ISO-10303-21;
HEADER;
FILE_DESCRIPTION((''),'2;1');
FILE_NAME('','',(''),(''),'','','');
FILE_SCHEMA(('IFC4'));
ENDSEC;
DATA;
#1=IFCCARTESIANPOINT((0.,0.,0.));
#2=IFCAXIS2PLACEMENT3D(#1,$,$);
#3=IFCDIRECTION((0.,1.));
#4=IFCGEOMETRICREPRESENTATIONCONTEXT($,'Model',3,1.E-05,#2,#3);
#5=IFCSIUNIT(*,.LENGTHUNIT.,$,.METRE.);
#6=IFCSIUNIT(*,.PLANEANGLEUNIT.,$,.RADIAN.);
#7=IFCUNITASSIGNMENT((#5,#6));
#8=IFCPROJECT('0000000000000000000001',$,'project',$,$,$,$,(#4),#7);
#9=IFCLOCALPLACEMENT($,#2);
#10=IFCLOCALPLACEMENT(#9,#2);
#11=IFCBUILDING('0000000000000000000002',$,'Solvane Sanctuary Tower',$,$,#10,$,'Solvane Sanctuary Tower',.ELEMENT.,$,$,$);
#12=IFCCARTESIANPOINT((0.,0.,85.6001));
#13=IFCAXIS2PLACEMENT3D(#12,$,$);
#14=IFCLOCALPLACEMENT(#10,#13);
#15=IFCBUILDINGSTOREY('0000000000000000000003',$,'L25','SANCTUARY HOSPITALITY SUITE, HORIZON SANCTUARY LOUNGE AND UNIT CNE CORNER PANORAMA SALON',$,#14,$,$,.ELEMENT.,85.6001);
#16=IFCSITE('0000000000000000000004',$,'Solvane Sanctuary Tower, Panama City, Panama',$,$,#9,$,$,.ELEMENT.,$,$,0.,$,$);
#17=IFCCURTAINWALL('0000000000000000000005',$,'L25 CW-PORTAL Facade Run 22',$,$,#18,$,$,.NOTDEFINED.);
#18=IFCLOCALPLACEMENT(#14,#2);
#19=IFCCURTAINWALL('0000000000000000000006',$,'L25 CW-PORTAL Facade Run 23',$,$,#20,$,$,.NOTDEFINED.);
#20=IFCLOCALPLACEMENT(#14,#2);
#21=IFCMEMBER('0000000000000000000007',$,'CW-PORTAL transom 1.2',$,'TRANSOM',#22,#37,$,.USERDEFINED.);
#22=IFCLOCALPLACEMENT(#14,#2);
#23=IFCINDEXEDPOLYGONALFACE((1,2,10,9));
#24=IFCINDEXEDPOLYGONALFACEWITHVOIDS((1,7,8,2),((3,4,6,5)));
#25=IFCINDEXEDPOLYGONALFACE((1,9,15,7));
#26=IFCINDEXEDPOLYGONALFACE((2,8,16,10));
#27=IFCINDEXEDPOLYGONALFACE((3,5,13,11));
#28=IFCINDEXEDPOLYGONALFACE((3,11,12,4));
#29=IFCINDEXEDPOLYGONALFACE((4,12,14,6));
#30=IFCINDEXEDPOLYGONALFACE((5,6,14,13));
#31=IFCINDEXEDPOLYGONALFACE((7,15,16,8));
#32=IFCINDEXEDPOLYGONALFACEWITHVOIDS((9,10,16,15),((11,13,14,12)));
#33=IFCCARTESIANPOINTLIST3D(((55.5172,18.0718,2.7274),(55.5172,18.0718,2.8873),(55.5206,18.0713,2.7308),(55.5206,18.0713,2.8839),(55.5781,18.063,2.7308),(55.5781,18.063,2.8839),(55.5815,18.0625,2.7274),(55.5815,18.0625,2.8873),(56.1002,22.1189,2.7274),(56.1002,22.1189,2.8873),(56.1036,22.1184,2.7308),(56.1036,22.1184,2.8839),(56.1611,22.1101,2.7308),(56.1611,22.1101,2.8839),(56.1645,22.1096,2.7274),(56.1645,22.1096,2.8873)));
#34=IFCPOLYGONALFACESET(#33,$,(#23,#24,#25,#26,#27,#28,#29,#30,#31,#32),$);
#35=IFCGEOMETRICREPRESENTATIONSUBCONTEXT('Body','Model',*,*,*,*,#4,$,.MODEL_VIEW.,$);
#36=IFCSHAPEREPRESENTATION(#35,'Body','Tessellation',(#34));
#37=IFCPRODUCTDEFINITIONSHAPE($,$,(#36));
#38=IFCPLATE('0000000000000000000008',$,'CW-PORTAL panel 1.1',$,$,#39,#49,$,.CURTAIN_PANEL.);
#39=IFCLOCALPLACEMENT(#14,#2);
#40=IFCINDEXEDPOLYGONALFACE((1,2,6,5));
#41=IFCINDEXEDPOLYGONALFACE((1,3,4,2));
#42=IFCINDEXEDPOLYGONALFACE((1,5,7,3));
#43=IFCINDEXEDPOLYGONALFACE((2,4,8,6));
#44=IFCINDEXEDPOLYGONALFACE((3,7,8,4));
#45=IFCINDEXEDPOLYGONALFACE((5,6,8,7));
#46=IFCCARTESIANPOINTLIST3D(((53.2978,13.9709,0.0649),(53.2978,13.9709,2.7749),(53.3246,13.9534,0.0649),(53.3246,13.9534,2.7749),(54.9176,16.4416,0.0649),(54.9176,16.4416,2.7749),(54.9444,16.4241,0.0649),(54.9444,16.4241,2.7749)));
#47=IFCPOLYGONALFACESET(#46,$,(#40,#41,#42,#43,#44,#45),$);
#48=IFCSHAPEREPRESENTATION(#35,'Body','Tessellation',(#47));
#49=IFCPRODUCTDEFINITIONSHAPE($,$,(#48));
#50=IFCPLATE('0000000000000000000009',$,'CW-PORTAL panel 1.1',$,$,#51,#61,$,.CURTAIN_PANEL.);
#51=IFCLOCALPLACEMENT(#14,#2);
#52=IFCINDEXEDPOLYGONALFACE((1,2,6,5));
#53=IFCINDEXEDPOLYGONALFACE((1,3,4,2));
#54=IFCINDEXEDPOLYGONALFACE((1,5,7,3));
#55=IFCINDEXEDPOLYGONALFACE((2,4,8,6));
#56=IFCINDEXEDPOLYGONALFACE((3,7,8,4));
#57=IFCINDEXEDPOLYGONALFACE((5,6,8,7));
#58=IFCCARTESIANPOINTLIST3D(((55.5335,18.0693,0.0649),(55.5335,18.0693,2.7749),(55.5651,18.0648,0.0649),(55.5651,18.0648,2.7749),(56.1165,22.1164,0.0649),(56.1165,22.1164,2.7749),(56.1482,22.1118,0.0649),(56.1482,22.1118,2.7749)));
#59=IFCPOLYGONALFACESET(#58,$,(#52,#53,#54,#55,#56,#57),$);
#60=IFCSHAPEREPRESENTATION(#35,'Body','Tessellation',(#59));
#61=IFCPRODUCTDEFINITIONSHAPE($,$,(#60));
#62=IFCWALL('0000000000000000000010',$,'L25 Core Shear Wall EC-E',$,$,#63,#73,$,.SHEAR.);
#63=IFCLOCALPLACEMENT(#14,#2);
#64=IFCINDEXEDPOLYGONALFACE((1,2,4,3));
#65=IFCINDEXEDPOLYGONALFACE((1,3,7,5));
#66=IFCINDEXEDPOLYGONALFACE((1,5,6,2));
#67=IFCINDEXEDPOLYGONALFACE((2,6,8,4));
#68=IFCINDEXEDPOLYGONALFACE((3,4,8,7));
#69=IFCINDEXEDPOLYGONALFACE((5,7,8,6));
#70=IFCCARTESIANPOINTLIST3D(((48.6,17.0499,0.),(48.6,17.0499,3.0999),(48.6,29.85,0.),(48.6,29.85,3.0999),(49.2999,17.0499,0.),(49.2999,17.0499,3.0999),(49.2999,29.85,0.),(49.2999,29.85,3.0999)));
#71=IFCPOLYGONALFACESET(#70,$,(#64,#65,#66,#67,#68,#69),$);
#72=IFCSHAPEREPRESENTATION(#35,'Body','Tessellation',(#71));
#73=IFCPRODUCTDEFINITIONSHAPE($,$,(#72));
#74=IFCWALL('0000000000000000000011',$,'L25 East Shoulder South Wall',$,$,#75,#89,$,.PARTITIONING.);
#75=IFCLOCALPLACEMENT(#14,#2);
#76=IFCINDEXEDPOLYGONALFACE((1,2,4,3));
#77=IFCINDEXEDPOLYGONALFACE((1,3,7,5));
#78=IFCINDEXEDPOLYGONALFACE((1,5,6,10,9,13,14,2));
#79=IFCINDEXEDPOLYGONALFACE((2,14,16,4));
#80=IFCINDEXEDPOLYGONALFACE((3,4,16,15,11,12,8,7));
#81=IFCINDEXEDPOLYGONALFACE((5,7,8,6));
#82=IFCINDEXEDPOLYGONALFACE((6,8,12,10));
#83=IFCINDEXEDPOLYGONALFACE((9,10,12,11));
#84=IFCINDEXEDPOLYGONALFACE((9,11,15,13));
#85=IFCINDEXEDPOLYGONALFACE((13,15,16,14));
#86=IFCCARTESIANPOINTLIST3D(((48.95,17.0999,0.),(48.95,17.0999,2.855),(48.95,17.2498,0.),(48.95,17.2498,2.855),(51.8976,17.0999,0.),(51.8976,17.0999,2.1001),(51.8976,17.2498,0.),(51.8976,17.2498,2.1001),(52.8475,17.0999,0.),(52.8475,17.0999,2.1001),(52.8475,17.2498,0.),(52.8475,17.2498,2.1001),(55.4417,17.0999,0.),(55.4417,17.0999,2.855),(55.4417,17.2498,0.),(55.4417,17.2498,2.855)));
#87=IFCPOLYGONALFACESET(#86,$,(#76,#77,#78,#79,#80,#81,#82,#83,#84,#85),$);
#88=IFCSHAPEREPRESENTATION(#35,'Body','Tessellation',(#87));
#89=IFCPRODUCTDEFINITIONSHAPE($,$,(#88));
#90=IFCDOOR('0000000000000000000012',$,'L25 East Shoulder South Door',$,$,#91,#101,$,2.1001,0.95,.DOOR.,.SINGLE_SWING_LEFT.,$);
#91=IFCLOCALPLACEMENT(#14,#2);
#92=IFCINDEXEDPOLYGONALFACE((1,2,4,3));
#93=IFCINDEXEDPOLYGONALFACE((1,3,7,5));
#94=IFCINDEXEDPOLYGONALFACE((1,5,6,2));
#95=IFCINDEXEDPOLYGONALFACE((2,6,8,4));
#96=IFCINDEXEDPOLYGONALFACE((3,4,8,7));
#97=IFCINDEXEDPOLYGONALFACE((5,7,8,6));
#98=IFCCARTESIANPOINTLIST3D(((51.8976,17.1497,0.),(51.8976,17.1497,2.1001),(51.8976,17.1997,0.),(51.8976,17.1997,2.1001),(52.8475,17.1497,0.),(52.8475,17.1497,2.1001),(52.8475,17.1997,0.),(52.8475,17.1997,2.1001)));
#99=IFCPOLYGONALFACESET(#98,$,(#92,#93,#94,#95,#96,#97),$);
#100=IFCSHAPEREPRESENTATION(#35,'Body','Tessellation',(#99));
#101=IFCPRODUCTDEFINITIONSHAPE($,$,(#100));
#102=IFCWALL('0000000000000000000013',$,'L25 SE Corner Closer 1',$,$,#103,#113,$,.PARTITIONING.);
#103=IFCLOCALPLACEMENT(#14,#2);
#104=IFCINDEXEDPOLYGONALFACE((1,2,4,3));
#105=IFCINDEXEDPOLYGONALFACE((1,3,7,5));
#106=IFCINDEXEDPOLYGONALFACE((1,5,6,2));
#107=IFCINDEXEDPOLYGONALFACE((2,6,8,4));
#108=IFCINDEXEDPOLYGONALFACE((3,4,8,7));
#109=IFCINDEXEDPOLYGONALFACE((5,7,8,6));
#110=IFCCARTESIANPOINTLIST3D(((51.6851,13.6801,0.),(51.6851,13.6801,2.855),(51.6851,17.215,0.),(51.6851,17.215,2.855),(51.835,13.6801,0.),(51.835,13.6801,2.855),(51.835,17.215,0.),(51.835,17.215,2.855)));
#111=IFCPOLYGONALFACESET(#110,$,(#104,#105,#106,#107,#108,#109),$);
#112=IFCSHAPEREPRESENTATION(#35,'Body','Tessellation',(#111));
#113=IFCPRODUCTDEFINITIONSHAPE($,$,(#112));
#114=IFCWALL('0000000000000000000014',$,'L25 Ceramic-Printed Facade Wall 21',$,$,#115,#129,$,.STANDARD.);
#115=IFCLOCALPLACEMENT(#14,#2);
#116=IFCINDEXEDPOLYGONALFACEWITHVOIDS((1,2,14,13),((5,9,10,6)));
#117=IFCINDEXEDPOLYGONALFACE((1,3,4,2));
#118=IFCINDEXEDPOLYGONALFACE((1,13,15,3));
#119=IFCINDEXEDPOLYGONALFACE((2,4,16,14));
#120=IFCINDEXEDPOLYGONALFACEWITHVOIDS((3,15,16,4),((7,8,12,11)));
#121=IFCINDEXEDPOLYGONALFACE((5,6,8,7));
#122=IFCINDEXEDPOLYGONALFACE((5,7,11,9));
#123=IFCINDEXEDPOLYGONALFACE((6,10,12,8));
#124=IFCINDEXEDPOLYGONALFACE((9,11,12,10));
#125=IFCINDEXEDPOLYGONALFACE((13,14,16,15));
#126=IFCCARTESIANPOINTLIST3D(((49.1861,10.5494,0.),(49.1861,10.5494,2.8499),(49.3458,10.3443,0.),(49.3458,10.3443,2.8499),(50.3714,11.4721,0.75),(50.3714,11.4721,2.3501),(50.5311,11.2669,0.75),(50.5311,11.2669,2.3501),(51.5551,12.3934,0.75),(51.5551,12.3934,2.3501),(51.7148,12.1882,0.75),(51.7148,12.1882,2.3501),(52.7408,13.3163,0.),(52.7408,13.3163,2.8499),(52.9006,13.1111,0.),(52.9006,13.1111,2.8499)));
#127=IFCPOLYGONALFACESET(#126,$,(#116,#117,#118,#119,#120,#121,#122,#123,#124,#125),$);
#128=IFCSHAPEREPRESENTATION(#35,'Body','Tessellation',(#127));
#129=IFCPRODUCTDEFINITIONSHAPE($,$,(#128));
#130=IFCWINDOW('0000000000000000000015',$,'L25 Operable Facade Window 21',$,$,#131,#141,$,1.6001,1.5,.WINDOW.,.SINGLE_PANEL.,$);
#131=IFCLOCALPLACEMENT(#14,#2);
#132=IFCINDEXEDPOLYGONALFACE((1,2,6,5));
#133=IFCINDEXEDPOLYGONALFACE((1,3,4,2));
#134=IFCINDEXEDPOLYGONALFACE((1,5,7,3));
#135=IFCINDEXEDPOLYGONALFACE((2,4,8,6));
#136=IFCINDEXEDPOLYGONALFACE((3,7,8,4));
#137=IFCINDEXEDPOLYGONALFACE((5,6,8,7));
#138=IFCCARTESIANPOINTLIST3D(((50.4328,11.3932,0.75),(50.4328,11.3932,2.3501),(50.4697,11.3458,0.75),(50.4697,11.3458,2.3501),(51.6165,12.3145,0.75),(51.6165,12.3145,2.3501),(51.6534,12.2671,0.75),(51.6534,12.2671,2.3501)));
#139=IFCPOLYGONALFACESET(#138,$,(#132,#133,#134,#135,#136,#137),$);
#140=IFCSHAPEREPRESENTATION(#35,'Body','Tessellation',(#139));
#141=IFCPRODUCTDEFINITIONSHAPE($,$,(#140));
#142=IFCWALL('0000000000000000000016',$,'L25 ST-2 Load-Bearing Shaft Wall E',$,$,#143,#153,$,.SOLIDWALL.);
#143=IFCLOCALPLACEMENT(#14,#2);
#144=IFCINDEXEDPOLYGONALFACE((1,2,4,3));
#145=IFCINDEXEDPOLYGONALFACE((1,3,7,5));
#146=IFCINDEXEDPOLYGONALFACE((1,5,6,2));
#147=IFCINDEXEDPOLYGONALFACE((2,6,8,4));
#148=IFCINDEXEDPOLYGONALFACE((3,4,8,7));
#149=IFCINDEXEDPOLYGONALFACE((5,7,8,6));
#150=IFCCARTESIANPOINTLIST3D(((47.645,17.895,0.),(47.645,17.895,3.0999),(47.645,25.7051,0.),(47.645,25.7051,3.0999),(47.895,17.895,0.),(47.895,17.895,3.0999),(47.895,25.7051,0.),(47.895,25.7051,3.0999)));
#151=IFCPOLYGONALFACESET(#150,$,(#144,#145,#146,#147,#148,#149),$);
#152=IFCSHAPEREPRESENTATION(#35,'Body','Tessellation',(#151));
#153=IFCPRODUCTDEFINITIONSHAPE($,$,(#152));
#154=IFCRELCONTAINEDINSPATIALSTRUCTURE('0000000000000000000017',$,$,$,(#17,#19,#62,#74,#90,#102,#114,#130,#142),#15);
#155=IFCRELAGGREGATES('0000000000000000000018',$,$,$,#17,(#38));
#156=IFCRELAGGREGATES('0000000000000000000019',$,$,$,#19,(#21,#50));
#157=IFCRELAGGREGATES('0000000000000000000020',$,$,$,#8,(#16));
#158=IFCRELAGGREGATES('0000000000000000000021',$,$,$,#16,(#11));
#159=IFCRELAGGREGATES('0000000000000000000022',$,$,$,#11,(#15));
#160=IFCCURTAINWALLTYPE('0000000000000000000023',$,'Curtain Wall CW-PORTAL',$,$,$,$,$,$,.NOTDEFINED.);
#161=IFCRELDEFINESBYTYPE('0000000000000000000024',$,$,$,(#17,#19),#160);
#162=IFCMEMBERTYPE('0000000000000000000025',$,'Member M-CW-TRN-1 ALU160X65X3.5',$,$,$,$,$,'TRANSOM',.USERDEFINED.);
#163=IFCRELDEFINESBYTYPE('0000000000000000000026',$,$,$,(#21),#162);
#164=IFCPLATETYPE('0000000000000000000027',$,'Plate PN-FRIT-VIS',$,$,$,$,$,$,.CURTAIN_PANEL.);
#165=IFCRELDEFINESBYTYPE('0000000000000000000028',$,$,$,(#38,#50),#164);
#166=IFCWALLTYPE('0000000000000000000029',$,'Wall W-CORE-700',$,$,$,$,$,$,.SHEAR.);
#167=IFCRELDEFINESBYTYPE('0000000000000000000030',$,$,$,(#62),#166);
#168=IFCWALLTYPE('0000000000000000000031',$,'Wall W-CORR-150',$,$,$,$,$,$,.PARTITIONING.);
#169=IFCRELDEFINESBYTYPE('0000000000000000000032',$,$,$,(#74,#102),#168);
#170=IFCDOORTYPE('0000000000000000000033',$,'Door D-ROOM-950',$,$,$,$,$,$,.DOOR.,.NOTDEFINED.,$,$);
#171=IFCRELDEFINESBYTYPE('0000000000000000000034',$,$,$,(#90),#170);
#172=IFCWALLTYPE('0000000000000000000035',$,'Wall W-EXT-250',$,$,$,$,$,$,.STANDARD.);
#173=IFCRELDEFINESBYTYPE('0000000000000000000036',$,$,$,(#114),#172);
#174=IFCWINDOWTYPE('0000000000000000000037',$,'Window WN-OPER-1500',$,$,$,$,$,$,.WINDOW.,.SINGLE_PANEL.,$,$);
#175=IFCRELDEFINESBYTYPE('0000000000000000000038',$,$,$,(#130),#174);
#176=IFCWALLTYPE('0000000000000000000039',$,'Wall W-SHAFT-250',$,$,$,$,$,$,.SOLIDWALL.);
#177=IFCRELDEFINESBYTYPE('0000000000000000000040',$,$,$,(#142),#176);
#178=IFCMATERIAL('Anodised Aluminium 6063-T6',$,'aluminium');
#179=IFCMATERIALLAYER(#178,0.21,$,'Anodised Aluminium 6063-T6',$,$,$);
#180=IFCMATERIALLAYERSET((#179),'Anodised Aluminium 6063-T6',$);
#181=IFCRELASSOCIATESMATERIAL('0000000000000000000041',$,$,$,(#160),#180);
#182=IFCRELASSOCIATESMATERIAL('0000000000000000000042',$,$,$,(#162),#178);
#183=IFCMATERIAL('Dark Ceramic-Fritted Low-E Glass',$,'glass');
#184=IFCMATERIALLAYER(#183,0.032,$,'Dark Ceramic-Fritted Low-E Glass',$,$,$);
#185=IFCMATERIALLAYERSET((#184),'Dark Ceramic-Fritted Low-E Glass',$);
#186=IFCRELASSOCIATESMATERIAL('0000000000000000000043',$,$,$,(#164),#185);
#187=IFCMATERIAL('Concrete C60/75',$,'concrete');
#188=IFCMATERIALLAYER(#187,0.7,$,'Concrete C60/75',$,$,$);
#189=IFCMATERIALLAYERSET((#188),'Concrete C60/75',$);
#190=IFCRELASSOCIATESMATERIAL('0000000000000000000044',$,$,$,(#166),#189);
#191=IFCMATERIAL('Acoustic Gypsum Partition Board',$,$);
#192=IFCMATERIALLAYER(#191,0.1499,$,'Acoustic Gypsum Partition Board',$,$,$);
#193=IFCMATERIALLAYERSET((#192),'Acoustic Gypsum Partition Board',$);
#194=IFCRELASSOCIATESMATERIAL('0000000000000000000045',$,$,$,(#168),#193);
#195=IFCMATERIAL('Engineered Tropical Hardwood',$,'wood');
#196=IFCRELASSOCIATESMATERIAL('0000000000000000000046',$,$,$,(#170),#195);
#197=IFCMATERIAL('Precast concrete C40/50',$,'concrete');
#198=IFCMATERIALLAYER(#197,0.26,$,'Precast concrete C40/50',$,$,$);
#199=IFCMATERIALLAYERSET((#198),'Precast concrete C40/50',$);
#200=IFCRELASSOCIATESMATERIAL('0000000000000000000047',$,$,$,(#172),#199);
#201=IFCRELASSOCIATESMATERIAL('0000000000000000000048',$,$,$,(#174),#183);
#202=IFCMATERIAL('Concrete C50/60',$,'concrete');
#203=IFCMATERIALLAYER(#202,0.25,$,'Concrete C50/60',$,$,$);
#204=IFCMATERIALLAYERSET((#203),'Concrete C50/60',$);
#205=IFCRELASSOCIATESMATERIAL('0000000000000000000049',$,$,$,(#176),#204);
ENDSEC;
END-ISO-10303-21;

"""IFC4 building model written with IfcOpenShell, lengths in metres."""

from ifc_helpers import new_model, si_unit, direction, frame, frame_2d, origin, origin_2d, place, context, subcontext, project, spatial, rectangle, hollow_rectangle, extrude, material, layer, layer_set, material_profile, profile_set, type_object, element, fill, aggregate, save


model = new_model("IFC4")

# Units and contexts
model_context = context("Model", 3, precision=1e-05, world=origin(), true_north=direction((0.0, 1.0)))
body_context = subcontext(model_context, "Body", "Model", "MODEL_VIEW")
ifc_project = project(units=[si_unit("LENGTHUNIT", "METRE"), si_unit("PLANEANGLEUNIT", "RADIAN")], contexts=[model_context])

# Site, building, storey
site_placement = place(None, origin())
site = spatial("IfcSite", under=ifc_project, at=site_placement, Name="Solvane Sanctuary Tower, Panama City, Panama", CompositionType="ELEMENT", RefElevation=0.0)
building_placement = place(site_placement, origin())
building = spatial("IfcBuilding", under=site, at=building_placement, Name="Solvane Sanctuary Tower", LongName="Solvane Sanctuary Tower", CompositionType="ELEMENT")
storey_placement = place(building_placement, frame((0.0, 0.0, 85.6001)))
storey = spatial("IfcBuildingStorey", under=building, at=storey_placement, Name="L25", Description="SANCTUARY HOSPITALITY SUITE, HORIZON SANCTUARY LOUNGE AND UNIT CNE CORNER PANORAMA SALON", CompositionType="ELEMENT", Elevation=85.6001)

# Shared definitions
ifc_material_1 = material(Name="Concrete C60/75", Category="concrete")

# Curtain wall
ifc_material_2 = material(Name="Anodised Aluminium 6063-T6", Category="aluminium")
ifc_layer_1 = layer(ifc_material_2, 0.21, Name="Anodised Aluminium 6063-T6")
ifc_layer_set_1 = layer_set([ifc_layer_1], Name="Anodised Aluminium 6063-T6")
curtain_wall_type = type_object("IfcCurtainWallType", Name="Curtain Wall CW-PORTAL", PredefinedType="NOTDEFINED", material=ifc_layer_set_1)
curtain_wall_1_placement = place(storey_placement, origin())
curtain_wall_1 = element("IfcCurtainWall", 1, at=curtain_wall_1_placement, inside=storey, type_object=curtain_wall_type, Name="L25 CW-PORTAL Facade Run 22", PredefinedType="NOTDEFINED")

# Curtain wall
curtain_wall_2_placement = place(storey_placement, origin())
curtain_wall_2 = element("IfcCurtainWall", 2, at=curtain_wall_2_placement, inside=storey, type_object=curtain_wall_type, Name="L25 CW-PORTAL Facade Run 23", PredefinedType="NOTDEFINED")

# Member
ifc_material_profile_1 = material_profile(ifc_material_2, hollow_rectangle(XDim=0.0649, YDim=0.1599, WallThickness=0.0034, at=origin_2d()), Name="ALU160X65X3.5")
ifc_profile_set_1 = profile_set([ifc_material_profile_1], Name="Anodised Aluminium 6063-T6")
member_type_1 = type_object("IfcMemberType", Name="Member M-CW-TRN-1 ALU160X65X3.5", ElementType="TRANSOM", PredefinedType="USERDEFINED", material=ifc_profile_set_1)
member_1_placement = place(storey_placement, frame((55.5493, 18.0671, 2.8074), z_axis=(0.142583, 0.989783, 0.0), x_axis=(-0.989783, 0.142583, 0.0)))
member_1 = element("IfcMember", 3, at=member_1_placement, type_object=member_type_1, Name="CW-PORTAL transom 1.2", ObjectType="TRANSOM", PredefinedType="USERDEFINED", context=body_context, shape_type="SweptSolid", body=[
    extrude(hollow_rectangle(XDim=0.0649, YDim=0.1599, WallThickness=0.0034, at=origin_2d()), origin(), (0.0, 0.0, 1.0), 4.0889),
])

# Plates
ifc_material_3 = material(Name="Dark Ceramic-Fritted Low-E Glass", Category="glass")
ifc_layer_2 = layer(ifc_material_3, 0.032, Name="Dark Ceramic-Fritted Low-E Glass")
ifc_layer_set_2 = layer_set([ifc_layer_2], Name="Dark Ceramic-Fritted Low-E Glass")
plate_type = type_object("IfcPlateType", Name="Plate PN-FRIT-VIS", PredefinedType="CURTAIN_PANEL", material=ifc_layer_set_2)
plate_1_placement = place(storey_placement, frame((54.1211, 15.1975, 0.0649), z_axis=(0.0, 0.0, 1.0), x_axis=(0.548276, 0.836298, 0.0)))
plate_1 = element("IfcPlate", 4, at=plate_1_placement, type_object=plate_type, Name="CW-PORTAL panel 1.1", PredefinedType="CURTAIN_PANEL", context=body_context, shape_type="SweptSolid", body=[
    extrude(rectangle(XDim=2.9543, YDim=0.032, at=origin_2d()), origin(), (0.0, 0.0, 1.0), 2.71),
])
aggregate(curtain_wall_1, [plate_1])
plate_2_placement = place(storey_placement, frame((55.8408, 20.0906, 0.0649), z_axis=(0.0, 0.0, 1.0), x_axis=(0.142587, 0.989782, 0.0)))
plate_2 = element("IfcPlate", 5, at=plate_2_placement, type_object=plate_type, Name="CW-PORTAL panel 1.1", PredefinedType="CURTAIN_PANEL", context=body_context, shape_type="SweptSolid", body=[
    extrude(rectangle(XDim=4.0889, YDim=0.032, at=origin_2d()), origin(), (0.0, 0.0, 1.0), 2.71),
])
aggregate(curtain_wall_2, [member_1, plate_2])

# Wall
ifc_layer_3 = layer(ifc_material_1, 0.7, Name="Concrete C60/75")
ifc_layer_set_3 = layer_set([ifc_layer_3], Name="Concrete C60/75")
wall_type_1 = type_object("IfcWallType", Name="Wall W-CORE-700", PredefinedType="SHEAR", material=ifc_layer_set_3)
wall_1_placement = place(storey_placement, frame((48.95, 17.05, 0.0), z_axis=(0.0, 0.0, 1.0), x_axis=(0.0, 1.0, 0.0)))
element("IfcWall", 6, at=wall_1_placement, inside=storey, type_object=wall_type_1, Name="L25 Core Shear Wall EC-E", PredefinedType="SHEAR", context=body_context, shape_type="SweptSolid", body=[
    extrude(rectangle(XDim=12.8, YDim=0.7, at=frame_2d((6.3999, 0.0))), origin(), (0.0, 0.0, 1.0), 3.0999),
])

# Wall, opening, door
ifc_material_4 = material(Name="Acoustic Gypsum Partition Board")
ifc_layer_4 = layer(ifc_material_4, 0.1499, Name="Acoustic Gypsum Partition Board")
ifc_layer_set_4 = layer_set([ifc_layer_4], Name="Acoustic Gypsum Partition Board")
wall_type_2 = type_object("IfcWallType", Name="Wall W-CORR-150", PredefinedType="PARTITIONING", material=ifc_layer_set_4)
wall_2_placement = place(storey_placement, frame((48.95, 17.1748, 0.0), z_axis=(0.0, 0.0, 1.0), x_axis=(1.0, 0.0, 0.0)))
wall_2 = element("IfcWall", 7, at=wall_2_placement, inside=storey, type_object=wall_type_2, Name="L25 East Shoulder South Wall", PredefinedType="PARTITIONING", context=body_context, shape_type="SweptSolid", body=[
    extrude(rectangle(XDim=6.4917, YDim=0.1499, at=frame_2d((3.2458, 0.0))), origin(), (0.0, 0.0, 1.0), 2.855),
])
opening_1_placement = place(wall_2_placement, frame((2.9475, 0.0, 0.0)))
opening_1 = element("IfcOpeningElement", 8, at=opening_1_placement, cuts=wall_2, PredefinedType="OPENING", context=body_context, shape_type="SweptSolid", body=[
    extrude(rectangle(XDim=0.95, YDim=2.1001, at=frame_2d((0.4751, 1.05))), frame((0.0, 0.085, 0.0), z_axis=(0.0, -1.0, 0.0), x_axis=(1.0, 0.0, 0.0)), (0.0, 0.0, 1.0), 0.1699),
])
ifc_material_5 = material(Name="Engineered Tropical Hardwood", Category="wood")
door_type = type_object("IfcDoorType", Name="Door D-ROOM-950", OperationType="NOTDEFINED", PredefinedType="DOOR", material=ifc_material_5)
door_placement = place(opening_1_placement, origin())
door = element("IfcDoor", 9, at=door_placement, inside=storey, type_object=door_type, Name="L25 East Shoulder South Door", OperationType="SINGLE_SWING_LEFT", OverallHeight=2.1001, OverallWidth=0.95, PredefinedType="DOOR", context=body_context, shape_type="SweptSolid", body=[
    extrude(rectangle(XDim=0.95, YDim=2.1001, at=frame_2d((0.4751, 1.05))), frame((0.0, 0.0249, 0.0), z_axis=(0.0, -1.0, 0.0), x_axis=(1.0, 0.0, 0.0)), (0.0, 0.0, 1.0), 0.05),
])
fill(opening_1, door)

# Wall
wall_3_placement = place(storey_placement, frame((51.76, 13.6799, 0.0), z_axis=(0.0, 0.0, 1.0), x_axis=(0.0, 1.0, 0.0)))
element("IfcWall", 10, at=wall_3_placement, inside=storey, type_object=wall_type_2, Name="L25 SE Corner Closer 1", PredefinedType="PARTITIONING", context=body_context, shape_type="SweptSolid", body=[
    extrude(rectangle(XDim=3.5349, YDim=0.1499, at=frame_2d((1.7676, 0.0))), origin(), (0.0, 0.0, 1.0), 2.855),
])

# Wall, opening, window
ifc_material_6 = material(Name="Precast concrete C40/50", Category="concrete")
ifc_layer_5 = layer(ifc_material_6, 0.26, Name="Precast concrete C40/50")
ifc_layer_set_5 = layer_set([ifc_layer_5], Name="Precast concrete C40/50")
wall_type_3 = type_object("IfcWallType", Name="Wall W-EXT-250", PredefinedType="STANDARD", material=ifc_layer_set_5)
wall_4_placement = place(storey_placement, frame((49.2659, 10.4468, 0.0), z_axis=(0.0, 0.0, 1.0), x_axis=(0.789127, 0.614229, 0.0)))
wall_4 = element("IfcWall", 11, at=wall_4_placement, inside=storey, type_object=wall_type_3, Name="L25 Ceramic-Printed Facade Wall 21", PredefinedType="STANDARD", context=body_context, shape_type="SweptSolid", body=[
    extrude(rectangle(XDim=4.5046, YDim=0.26, at=frame_2d((2.2524, 0.0))), origin(), (0.0, 0.0, 1.0), 2.8499),
])
opening_2_placement = place(wall_4_placement, frame((1.5022, 0.0, 0.75)))
opening_2 = element("IfcOpeningElement", 12, at=opening_2_placement, cuts=wall_4, PredefinedType="OPENING", context=body_context, shape_type="SweptSolid", body=[
    extrude(rectangle(XDim=1.5, YDim=1.6001, at=frame_2d((0.75, 0.8))), frame((0.0, 0.1399, 0.0), z_axis=(0.0, -1.0, 0.0), x_axis=(1.0, 0.0, 0.0)), (0.0, 0.0, 1.0), 0.28),
])
window_type = type_object("IfcWindowType", Name="Window WN-OPER-1500", PartitioningType="SINGLE_PANEL", PredefinedType="WINDOW", material=ifc_material_3)
window_placement = place(opening_2_placement, origin())
window = element("IfcWindow", 13, at=window_placement, inside=storey, type_object=window_type, Name="L25 Operable Facade Window 21", OverallHeight=1.6001, OverallWidth=1.5, PartitioningType="SINGLE_PANEL", PredefinedType="WINDOW", context=body_context, shape_type="SweptSolid", body=[
    extrude(rectangle(XDim=1.5, YDim=1.6001, at=frame_2d((0.75, 0.8))), frame((0.0, 0.03, 0.0), z_axis=(0.0, -1.0, 0.0), x_axis=(1.0, 0.0, 0.0)), (0.0, 0.0, 1.0), 0.0601),
])
fill(opening_2, window)

# Wall
ifc_material_7 = material(Name="Concrete C50/60", Category="concrete")
ifc_layer_6 = layer(ifc_material_7, 0.25, Name="Concrete C50/60")
ifc_layer_set_6 = layer_set([ifc_layer_6], Name="Concrete C50/60")
wall_type_4 = type_object("IfcWallType", Name="Wall W-SHAFT-250", PredefinedType="SOLIDWALL", material=ifc_layer_set_6)
wall_5_placement = place(storey_placement, frame((47.77, 17.895, 0.0), z_axis=(0.0, 0.0, 1.0), x_axis=(0.0, 1.0, 0.0)))
element("IfcWall", 14, at=wall_5_placement, inside=storey, type_object=wall_type_4, Name="L25 ST-2 Load-Bearing Shaft Wall E", PredefinedType="SOLIDWALL", context=body_context, shape_type="SweptSolid", body=[
    extrude(rectangle(XDim=7.8101, YDim=0.25, at=frame_2d((3.905, 0.0))), origin(), (0.0, 0.0, 1.0), 3.0999),
])

save(model, "model.ifc")
